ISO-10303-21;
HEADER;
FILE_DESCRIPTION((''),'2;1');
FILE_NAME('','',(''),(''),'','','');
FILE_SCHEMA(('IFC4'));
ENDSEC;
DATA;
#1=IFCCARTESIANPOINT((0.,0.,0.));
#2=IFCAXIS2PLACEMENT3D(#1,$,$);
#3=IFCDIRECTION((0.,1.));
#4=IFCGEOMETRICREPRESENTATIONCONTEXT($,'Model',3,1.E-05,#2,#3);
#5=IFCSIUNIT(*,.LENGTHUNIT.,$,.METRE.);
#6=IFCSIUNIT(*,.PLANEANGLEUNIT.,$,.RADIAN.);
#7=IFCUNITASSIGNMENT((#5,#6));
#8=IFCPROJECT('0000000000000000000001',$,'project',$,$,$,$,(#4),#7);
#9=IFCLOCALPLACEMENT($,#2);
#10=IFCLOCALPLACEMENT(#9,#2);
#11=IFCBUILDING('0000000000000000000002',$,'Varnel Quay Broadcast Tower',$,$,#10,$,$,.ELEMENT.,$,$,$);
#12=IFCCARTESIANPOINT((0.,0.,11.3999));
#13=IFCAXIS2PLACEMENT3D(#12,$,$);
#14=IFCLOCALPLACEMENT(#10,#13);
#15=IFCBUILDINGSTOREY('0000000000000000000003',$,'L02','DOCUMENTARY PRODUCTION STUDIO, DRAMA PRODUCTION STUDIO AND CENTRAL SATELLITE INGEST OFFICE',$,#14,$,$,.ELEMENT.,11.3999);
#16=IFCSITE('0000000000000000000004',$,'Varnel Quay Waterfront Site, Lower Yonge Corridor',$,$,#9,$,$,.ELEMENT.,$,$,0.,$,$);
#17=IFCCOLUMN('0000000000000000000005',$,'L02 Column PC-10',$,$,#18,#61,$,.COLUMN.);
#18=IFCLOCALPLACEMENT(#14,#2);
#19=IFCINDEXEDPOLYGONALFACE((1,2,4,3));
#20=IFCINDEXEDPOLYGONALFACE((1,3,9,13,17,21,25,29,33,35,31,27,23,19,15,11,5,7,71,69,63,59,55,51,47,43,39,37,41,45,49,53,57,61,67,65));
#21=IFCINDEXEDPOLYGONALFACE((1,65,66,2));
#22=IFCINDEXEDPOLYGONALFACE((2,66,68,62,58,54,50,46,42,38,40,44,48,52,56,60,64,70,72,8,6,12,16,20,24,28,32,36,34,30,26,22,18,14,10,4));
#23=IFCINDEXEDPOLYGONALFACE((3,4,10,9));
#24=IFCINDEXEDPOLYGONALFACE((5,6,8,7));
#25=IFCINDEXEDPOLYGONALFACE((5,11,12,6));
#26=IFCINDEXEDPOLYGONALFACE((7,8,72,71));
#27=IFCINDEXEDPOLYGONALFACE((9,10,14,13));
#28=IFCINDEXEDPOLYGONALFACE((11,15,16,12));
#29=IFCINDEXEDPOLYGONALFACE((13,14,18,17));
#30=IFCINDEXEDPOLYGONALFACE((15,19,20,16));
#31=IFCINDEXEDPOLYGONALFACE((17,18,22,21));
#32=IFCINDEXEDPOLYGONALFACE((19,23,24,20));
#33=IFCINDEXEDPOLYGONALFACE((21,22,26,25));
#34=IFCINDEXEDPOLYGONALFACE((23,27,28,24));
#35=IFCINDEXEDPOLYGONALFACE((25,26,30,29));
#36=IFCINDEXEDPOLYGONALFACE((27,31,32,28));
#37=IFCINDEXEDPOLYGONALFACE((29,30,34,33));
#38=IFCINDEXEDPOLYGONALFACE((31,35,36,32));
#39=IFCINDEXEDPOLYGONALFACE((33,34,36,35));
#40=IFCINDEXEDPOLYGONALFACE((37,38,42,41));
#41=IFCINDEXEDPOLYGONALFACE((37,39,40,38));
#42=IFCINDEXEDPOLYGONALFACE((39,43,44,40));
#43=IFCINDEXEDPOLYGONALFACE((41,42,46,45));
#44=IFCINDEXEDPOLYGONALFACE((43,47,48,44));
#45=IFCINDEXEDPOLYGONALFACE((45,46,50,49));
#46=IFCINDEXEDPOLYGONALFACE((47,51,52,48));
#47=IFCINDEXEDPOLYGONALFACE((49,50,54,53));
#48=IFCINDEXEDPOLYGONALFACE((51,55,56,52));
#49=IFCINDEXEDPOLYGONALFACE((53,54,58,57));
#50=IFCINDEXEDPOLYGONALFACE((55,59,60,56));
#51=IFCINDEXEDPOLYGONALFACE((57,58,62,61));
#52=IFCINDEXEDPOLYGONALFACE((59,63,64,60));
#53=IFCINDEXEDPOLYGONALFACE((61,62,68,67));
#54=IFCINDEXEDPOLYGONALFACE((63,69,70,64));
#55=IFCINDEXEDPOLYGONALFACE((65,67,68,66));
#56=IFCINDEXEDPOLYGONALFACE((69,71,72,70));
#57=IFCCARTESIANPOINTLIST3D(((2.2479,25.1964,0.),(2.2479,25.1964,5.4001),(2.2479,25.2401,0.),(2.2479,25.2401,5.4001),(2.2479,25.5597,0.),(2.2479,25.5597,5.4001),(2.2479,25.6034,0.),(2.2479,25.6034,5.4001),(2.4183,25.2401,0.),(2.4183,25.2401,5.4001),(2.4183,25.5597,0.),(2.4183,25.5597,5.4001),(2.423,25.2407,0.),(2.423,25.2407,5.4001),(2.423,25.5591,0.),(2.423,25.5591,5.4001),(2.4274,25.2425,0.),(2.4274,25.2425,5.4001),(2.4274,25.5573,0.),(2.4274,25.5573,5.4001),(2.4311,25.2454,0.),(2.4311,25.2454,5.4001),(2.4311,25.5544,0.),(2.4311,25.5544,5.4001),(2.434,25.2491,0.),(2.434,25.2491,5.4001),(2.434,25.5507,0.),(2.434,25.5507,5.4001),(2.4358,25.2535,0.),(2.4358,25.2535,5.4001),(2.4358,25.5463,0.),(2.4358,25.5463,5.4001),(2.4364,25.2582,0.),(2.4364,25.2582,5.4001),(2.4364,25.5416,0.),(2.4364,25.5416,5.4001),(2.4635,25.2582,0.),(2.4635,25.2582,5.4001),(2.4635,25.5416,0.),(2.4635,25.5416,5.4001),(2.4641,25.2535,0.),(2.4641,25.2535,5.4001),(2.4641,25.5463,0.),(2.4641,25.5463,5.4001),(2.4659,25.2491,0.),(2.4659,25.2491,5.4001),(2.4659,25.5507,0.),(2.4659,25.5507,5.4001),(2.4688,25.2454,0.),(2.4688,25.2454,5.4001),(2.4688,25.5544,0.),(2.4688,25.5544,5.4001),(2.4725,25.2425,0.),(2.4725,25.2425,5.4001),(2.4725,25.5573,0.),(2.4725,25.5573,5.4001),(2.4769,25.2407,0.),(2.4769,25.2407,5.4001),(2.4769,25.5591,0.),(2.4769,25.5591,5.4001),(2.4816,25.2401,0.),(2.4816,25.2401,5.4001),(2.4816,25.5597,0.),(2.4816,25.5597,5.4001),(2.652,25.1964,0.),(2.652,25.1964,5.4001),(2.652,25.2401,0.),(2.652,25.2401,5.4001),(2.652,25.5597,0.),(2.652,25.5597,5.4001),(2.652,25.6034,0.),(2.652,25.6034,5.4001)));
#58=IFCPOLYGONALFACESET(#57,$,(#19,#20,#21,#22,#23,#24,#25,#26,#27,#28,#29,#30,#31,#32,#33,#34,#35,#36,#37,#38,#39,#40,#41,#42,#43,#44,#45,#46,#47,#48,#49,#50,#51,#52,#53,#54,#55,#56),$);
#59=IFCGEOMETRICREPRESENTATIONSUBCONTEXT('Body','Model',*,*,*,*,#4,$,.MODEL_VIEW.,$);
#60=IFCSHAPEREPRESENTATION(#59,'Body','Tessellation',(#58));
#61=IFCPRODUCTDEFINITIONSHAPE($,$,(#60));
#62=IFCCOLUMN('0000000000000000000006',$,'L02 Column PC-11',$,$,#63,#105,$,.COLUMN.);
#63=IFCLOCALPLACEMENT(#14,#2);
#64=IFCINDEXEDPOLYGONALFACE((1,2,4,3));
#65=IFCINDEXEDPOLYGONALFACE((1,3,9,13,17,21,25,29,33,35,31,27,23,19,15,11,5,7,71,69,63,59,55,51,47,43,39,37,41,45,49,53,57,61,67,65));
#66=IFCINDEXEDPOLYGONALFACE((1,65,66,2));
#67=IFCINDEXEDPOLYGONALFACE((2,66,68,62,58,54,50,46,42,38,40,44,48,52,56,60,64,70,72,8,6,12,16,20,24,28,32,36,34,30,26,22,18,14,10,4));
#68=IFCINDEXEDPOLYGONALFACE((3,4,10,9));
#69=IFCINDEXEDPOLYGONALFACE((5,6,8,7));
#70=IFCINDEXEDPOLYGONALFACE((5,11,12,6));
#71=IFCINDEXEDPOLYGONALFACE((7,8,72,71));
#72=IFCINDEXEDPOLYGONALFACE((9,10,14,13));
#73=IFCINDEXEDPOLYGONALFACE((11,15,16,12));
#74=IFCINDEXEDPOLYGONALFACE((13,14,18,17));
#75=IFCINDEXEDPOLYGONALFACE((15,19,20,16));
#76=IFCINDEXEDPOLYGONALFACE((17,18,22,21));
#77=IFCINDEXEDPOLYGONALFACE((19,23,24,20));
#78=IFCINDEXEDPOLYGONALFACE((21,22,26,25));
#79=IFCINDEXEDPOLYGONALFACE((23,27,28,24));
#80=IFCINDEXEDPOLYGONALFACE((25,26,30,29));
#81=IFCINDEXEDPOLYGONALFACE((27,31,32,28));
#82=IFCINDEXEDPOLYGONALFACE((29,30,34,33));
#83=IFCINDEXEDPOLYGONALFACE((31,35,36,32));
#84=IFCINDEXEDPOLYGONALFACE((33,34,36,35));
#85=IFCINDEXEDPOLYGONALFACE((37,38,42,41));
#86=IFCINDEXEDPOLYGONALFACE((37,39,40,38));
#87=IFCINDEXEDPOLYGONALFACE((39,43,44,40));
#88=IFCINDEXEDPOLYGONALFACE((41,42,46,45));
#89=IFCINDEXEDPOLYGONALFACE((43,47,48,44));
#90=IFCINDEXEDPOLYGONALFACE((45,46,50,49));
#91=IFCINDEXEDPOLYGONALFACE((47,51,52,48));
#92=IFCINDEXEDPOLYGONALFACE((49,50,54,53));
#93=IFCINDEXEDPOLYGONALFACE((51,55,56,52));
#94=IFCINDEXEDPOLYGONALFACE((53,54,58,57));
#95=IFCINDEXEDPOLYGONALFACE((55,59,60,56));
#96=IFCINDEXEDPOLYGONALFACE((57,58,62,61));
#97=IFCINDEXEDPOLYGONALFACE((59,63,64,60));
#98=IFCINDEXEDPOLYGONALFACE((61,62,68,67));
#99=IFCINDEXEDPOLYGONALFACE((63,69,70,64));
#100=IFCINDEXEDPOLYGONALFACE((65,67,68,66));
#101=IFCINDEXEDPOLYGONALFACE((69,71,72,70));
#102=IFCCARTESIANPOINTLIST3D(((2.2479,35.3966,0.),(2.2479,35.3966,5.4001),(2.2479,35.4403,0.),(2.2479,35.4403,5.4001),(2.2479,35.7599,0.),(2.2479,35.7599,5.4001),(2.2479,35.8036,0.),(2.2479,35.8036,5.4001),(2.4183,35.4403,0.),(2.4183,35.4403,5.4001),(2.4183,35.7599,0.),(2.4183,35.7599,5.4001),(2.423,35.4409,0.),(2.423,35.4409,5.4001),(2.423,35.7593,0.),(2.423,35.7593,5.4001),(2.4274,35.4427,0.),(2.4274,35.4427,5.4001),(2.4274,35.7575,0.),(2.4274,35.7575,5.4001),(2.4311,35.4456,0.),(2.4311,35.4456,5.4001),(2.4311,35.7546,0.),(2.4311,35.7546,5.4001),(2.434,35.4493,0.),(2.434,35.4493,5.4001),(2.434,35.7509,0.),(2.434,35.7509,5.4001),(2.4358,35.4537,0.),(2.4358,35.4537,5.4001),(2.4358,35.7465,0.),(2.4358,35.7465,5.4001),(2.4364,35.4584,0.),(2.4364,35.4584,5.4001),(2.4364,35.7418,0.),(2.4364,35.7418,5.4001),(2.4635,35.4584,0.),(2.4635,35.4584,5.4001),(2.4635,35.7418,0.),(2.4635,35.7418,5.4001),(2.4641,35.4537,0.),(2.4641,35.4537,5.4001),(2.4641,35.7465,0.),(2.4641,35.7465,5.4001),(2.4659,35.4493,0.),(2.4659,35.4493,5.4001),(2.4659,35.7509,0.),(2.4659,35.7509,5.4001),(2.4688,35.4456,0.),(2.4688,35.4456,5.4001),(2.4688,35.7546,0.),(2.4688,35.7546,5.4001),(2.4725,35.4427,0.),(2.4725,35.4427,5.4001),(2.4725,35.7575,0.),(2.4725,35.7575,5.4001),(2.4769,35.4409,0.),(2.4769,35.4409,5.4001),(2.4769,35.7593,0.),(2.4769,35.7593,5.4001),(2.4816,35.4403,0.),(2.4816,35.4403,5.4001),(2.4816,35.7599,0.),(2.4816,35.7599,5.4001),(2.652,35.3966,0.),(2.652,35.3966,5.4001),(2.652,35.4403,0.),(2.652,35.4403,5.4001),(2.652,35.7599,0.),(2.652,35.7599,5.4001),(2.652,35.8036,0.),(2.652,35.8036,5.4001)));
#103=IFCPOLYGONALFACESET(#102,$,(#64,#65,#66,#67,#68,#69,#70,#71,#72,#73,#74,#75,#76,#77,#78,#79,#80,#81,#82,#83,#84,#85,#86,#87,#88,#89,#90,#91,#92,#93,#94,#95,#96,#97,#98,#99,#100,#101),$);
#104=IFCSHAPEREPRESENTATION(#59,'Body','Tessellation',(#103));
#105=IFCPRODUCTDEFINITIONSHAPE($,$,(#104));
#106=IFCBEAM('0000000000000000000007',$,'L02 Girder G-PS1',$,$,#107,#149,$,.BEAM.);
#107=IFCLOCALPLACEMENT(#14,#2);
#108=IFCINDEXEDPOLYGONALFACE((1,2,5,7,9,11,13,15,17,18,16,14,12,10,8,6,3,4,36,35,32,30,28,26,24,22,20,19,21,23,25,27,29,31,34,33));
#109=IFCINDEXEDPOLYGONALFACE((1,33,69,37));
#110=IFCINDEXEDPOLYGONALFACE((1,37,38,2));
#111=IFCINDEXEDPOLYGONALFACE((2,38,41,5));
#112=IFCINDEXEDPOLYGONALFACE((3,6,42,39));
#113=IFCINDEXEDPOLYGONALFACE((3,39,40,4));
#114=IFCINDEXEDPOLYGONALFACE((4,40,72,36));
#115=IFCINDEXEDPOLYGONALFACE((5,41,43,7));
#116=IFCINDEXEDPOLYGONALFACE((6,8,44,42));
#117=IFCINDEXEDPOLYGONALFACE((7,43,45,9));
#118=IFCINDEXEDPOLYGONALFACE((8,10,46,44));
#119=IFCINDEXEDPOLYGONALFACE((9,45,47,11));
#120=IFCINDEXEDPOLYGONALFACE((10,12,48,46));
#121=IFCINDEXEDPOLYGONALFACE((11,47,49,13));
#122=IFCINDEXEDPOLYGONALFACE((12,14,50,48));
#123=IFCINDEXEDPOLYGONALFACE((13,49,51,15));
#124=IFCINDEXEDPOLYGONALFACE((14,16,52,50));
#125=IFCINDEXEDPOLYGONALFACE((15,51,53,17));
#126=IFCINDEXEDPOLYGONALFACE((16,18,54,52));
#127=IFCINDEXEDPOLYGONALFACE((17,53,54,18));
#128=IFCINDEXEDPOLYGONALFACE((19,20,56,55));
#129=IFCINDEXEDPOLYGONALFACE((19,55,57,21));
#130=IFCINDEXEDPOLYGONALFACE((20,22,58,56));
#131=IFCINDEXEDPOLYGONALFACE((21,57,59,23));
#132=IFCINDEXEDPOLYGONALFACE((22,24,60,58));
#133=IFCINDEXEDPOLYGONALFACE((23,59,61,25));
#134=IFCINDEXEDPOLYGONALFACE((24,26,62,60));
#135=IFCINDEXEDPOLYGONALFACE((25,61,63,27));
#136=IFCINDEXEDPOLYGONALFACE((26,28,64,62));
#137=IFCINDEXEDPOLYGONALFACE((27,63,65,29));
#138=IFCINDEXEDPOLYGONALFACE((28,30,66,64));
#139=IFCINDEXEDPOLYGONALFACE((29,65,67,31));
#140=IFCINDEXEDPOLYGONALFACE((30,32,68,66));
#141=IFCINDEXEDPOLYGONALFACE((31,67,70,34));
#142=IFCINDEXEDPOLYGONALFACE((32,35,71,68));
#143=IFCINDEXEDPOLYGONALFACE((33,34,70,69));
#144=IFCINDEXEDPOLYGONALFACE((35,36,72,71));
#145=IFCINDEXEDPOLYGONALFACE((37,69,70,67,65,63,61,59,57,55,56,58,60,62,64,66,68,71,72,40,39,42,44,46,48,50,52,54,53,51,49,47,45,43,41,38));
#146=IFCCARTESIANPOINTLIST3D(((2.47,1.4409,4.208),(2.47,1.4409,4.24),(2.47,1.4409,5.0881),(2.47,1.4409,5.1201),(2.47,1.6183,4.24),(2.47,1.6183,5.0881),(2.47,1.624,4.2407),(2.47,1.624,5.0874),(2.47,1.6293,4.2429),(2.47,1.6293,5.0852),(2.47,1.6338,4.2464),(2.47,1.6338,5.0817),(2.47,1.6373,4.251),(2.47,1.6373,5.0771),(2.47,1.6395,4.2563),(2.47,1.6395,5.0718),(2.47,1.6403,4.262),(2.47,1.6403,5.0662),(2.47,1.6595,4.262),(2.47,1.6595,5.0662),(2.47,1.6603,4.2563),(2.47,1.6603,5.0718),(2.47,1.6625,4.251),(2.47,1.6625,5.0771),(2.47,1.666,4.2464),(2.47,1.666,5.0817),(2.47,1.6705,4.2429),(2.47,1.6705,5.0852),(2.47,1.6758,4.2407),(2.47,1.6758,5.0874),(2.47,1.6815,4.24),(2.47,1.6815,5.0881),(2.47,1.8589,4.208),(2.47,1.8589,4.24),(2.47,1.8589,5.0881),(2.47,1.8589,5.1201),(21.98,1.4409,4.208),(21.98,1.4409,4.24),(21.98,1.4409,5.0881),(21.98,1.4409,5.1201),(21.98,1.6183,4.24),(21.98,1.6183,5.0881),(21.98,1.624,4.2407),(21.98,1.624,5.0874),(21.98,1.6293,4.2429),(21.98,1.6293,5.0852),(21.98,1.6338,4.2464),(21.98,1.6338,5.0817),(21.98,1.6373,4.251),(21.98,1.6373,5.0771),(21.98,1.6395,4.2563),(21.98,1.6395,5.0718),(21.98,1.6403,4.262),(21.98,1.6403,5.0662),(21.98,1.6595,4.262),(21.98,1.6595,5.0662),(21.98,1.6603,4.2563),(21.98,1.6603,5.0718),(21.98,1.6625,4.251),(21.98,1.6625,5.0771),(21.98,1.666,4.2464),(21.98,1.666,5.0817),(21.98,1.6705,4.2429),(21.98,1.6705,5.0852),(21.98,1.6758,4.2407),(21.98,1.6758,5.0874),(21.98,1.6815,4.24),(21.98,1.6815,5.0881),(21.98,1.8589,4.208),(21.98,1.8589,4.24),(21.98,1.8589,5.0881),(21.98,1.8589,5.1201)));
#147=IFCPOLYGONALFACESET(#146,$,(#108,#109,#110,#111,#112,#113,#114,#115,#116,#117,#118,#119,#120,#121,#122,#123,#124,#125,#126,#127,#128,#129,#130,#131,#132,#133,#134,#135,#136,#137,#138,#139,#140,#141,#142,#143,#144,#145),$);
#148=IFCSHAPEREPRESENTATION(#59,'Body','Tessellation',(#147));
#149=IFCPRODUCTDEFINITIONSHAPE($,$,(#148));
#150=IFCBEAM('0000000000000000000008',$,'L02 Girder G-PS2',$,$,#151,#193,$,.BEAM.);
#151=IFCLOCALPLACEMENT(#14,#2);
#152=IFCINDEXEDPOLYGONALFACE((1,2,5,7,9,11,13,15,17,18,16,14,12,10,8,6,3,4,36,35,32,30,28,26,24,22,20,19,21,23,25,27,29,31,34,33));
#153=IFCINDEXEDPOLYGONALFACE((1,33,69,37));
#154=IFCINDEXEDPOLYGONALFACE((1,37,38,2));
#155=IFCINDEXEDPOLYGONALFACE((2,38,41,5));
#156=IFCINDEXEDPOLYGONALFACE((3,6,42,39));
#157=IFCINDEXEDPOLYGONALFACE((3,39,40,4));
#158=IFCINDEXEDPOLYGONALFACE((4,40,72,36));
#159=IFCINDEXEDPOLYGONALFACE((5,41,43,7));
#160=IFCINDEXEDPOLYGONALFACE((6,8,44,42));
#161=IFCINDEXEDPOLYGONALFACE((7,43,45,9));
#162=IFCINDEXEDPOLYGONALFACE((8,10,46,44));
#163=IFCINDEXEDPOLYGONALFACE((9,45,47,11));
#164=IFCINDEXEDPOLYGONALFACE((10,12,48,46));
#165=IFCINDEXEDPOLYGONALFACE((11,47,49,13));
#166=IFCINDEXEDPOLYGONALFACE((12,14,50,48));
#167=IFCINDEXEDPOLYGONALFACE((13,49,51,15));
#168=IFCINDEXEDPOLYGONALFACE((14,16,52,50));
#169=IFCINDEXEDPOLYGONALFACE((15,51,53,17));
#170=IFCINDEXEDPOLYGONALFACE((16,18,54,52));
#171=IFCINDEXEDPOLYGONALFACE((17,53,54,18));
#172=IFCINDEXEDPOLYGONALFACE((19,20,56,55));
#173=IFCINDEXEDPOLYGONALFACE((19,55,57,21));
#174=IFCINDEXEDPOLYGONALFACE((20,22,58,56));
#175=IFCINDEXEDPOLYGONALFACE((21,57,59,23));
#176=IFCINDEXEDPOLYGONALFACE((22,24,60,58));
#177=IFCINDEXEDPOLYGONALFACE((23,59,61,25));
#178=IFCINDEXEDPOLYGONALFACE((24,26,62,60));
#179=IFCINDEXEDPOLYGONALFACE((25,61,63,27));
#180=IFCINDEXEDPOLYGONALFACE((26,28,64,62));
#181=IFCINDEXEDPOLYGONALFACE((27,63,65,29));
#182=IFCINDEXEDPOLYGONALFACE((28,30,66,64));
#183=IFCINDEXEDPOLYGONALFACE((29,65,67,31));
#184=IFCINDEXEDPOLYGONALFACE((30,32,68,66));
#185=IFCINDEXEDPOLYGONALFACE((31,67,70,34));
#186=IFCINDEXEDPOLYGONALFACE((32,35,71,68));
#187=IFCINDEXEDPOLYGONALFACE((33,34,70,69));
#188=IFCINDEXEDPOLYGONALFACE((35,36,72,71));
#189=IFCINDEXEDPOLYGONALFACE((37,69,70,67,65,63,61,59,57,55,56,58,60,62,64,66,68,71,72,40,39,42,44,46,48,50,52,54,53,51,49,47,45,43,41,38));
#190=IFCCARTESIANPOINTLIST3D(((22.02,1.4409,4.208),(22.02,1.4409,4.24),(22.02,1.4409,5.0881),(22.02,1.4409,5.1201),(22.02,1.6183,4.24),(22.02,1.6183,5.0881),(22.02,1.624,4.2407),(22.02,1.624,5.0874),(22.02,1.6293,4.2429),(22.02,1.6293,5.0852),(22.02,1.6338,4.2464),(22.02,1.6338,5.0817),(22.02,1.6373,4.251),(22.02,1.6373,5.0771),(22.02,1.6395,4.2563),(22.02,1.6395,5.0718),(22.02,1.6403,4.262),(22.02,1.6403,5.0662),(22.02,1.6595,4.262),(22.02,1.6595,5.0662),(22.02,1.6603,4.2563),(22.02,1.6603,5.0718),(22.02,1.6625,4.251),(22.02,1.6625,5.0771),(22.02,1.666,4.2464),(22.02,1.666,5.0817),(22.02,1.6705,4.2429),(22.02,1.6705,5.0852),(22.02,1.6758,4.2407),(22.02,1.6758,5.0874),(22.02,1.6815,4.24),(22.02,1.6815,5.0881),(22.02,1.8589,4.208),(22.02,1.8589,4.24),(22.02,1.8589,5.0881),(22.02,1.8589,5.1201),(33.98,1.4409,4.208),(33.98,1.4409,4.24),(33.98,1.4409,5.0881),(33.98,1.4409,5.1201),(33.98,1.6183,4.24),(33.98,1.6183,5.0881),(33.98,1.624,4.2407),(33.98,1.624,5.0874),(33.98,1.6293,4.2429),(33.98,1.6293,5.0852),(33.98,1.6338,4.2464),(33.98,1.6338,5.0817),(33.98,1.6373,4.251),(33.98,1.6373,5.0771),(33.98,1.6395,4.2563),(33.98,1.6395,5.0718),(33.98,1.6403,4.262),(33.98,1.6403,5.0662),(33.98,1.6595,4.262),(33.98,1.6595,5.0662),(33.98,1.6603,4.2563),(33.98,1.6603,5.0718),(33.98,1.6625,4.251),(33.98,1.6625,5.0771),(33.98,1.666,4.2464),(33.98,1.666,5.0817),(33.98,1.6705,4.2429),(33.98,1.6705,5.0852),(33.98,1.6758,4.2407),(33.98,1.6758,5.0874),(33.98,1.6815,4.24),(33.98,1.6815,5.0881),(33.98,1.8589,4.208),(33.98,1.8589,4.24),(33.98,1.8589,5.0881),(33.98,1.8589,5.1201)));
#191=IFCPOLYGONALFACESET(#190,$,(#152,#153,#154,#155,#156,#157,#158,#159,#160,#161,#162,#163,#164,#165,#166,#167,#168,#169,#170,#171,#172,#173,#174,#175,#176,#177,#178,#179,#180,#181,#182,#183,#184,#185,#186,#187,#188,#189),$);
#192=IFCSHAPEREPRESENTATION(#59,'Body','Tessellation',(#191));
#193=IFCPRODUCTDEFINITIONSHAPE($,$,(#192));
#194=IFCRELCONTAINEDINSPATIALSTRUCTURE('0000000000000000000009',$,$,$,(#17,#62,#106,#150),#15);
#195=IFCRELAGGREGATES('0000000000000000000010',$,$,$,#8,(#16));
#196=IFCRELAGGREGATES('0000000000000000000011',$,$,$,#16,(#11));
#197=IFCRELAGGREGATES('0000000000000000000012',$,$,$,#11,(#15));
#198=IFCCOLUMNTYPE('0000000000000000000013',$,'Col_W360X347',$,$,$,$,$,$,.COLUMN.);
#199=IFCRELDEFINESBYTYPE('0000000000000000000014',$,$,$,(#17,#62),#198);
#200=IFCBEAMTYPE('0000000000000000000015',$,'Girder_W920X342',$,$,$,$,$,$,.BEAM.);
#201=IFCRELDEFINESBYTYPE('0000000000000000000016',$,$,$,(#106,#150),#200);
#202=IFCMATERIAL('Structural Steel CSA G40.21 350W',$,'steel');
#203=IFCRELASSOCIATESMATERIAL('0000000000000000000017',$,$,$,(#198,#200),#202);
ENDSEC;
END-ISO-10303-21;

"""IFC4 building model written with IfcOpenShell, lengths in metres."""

from ifc_helpers import new_model, si_unit, direction, frame, origin, origin_2d, place, context, subcontext, project, spatial, i_section, extrude, source, transform, mapped, material, material_profile, profile_set, type_object, type_shapes, element, save


model = new_model("IFC4")

# Units and contexts
model_context = context("Model", 3, precision=1e-05, world=origin(), true_north=direction((0.0, 1.0)))
body_context = subcontext(model_context, "Body", "Model", "MODEL_VIEW")
ifc_project = project(units=[si_unit("LENGTHUNIT", "METRE"), si_unit("PLANEANGLEUNIT", "RADIAN")], contexts=[model_context])

# Site, building, storey
site_placement = place(None, origin())
site = spatial("IfcSite", under=ifc_project, at=site_placement, Name="Varnel Quay Waterfront Site, Lower Yonge Corridor", CompositionType="ELEMENT", RefElevation=0.0)
building_placement = place(site_placement, origin())
building = spatial("IfcBuilding", under=site, at=building_placement, Name="Varnel Quay Broadcast Tower", CompositionType="ELEMENT")
storey_placement = place(building_placement, frame((0.0, 0.0, 11.3999)))
storey = spatial("IfcBuildingStorey", under=building, at=storey_placement, Name="L02", Description="DOCUMENTARY PRODUCTION STUDIO, DRAMA PRODUCTION STUDIO AND CENTRAL SATELLITE INGEST OFFICE", CompositionType="ELEMENT", Elevation=11.3999)

# Columns
ifc_material_1 = material(Name="Structural Steel CSA G40.21 350W", Category="steel")
ifc_material_profile_1 = material_profile(ifc_material_1, i_section(OverallWidth=0.4041, OverallDepth=0.407, WebThickness=0.0271, FlangeThickness=0.0437, FilletRadius=0.0181, at=origin_2d()), Name="W360X347")
ifc_profile_set_1 = profile_set([ifc_material_profile_1], Name="Structural Steel CSA G40.21 350W")
column_type = type_object("IfcColumnType", Name="Col_W360X347", PredefinedType="COLUMN", material=ifc_profile_set_1)
shared_shape_1 = source(origin(), body_context, "Body", "SweptSolid", [
    extrude(i_section(OverallWidth=0.4041, OverallDepth=0.407, WebThickness=0.0271, FlangeThickness=0.0437, FilletRadius=0.0181, at=origin_2d()), origin(), (0.0, 0.0, 1.0), 5.4001),
])
type_shapes(column_type, [shared_shape_1])
for number, where, z_axis, x_axis, name in (
    (1, (2.45, 25.3999, 0.0), (0.0, 0.0, 1.0), (1.0, 0.0, 0.0), "L02 Column PC-10"),
    (2, (2.45, 35.6001, 0.0), (0.0, 0.0, 1.0), (1.0, 0.0, 0.0), "L02 Column PC-11"),
):
    element("IfcColumn", number, at=place(storey_placement, frame(where, z_axis=z_axis, x_axis=x_axis)), inside=storey, type_object=column_type, Name=name, PredefinedType="COLUMN", context=body_context, shape_type="MappedRepresentation", body=[
        mapped(shared_shape_1, transform((0.0, 0.0, 0.0), x_axis=(1.0, 0.0, 0.0), y_axis=(0.0, 1.0, 0.0), z_axis=(0.0, 0.0, 1.0), scale=1.0)),
    ])

# Beams
ifc_material_profile_2 = material_profile(ifc_material_1, i_section(OverallWidth=0.418, OverallDepth=0.9121, WebThickness=0.0193, FlangeThickness=0.032, FilletRadius=0.022, at=origin_2d()), Name="W920X342")
ifc_profile_set_2 = profile_set([ifc_material_profile_2], Name="Structural Steel CSA G40.21 350W")
beam_type = type_object("IfcBeamType", Name="Girder_W920X342", PredefinedType="BEAM", material=ifc_profile_set_2)
shared_shape_2 = source(origin(), body_context, "Body", "SweptSolid", [
    extrude(i_section(OverallWidth=0.418, OverallDepth=0.9121, WebThickness=0.0193, FlangeThickness=0.032, FilletRadius=0.022, at=origin_2d()), origin(), (0.0, 0.0, 1.0), 19.51),
])
beam_1_placement = place(storey_placement, frame((2.47, 1.6499, 4.6641), z_axis=(1.0, 0.0, 0.0), x_axis=(0.0, 1.0, 0.0)))
element("IfcBeam", 3, at=beam_1_placement, inside=storey, type_object=beam_type, Name="L02 Girder G-PS1", PredefinedType="BEAM", context=body_context, shape_type="MappedRepresentation", body=[
    mapped(shared_shape_2, transform((0.0, 0.0, 0.0), x_axis=(1.0, 0.0, 0.0), y_axis=(0.0, 1.0, 0.0), z_axis=(0.0, 0.0, 1.0), scale=1.0)),
])
shared_shape_3 = source(origin(), body_context, "Body", "SweptSolid", [
    extrude(i_section(OverallWidth=0.418, OverallDepth=0.9121, WebThickness=0.0193, FlangeThickness=0.032, FilletRadius=0.022, at=origin_2d()), origin(), (0.0, 0.0, 1.0), 11.96),
])
for number, where, z_axis, x_axis, name in (
    (4, (22.02, 1.6499, 4.6641), (1.0, 0.0, 0.0), (0.0, 1.0, 0.0), "L02 Girder G-PS2"),
):
    element("IfcBeam", number, at=place(storey_placement, frame(where, z_axis=z_axis, x_axis=x_axis)), inside=storey, type_object=beam_type, Name=name, PredefinedType="BEAM", context=body_context, shape_type="MappedRepresentation", body=[
        mapped(shared_shape_3, transform((0.0, 0.0, 0.0), x_axis=(1.0, 0.0, 0.0), y_axis=(0.0, 1.0, 0.0), z_axis=(0.0, 0.0, 1.0), scale=1.0)),
    ])

save(model, "model.ifc")
